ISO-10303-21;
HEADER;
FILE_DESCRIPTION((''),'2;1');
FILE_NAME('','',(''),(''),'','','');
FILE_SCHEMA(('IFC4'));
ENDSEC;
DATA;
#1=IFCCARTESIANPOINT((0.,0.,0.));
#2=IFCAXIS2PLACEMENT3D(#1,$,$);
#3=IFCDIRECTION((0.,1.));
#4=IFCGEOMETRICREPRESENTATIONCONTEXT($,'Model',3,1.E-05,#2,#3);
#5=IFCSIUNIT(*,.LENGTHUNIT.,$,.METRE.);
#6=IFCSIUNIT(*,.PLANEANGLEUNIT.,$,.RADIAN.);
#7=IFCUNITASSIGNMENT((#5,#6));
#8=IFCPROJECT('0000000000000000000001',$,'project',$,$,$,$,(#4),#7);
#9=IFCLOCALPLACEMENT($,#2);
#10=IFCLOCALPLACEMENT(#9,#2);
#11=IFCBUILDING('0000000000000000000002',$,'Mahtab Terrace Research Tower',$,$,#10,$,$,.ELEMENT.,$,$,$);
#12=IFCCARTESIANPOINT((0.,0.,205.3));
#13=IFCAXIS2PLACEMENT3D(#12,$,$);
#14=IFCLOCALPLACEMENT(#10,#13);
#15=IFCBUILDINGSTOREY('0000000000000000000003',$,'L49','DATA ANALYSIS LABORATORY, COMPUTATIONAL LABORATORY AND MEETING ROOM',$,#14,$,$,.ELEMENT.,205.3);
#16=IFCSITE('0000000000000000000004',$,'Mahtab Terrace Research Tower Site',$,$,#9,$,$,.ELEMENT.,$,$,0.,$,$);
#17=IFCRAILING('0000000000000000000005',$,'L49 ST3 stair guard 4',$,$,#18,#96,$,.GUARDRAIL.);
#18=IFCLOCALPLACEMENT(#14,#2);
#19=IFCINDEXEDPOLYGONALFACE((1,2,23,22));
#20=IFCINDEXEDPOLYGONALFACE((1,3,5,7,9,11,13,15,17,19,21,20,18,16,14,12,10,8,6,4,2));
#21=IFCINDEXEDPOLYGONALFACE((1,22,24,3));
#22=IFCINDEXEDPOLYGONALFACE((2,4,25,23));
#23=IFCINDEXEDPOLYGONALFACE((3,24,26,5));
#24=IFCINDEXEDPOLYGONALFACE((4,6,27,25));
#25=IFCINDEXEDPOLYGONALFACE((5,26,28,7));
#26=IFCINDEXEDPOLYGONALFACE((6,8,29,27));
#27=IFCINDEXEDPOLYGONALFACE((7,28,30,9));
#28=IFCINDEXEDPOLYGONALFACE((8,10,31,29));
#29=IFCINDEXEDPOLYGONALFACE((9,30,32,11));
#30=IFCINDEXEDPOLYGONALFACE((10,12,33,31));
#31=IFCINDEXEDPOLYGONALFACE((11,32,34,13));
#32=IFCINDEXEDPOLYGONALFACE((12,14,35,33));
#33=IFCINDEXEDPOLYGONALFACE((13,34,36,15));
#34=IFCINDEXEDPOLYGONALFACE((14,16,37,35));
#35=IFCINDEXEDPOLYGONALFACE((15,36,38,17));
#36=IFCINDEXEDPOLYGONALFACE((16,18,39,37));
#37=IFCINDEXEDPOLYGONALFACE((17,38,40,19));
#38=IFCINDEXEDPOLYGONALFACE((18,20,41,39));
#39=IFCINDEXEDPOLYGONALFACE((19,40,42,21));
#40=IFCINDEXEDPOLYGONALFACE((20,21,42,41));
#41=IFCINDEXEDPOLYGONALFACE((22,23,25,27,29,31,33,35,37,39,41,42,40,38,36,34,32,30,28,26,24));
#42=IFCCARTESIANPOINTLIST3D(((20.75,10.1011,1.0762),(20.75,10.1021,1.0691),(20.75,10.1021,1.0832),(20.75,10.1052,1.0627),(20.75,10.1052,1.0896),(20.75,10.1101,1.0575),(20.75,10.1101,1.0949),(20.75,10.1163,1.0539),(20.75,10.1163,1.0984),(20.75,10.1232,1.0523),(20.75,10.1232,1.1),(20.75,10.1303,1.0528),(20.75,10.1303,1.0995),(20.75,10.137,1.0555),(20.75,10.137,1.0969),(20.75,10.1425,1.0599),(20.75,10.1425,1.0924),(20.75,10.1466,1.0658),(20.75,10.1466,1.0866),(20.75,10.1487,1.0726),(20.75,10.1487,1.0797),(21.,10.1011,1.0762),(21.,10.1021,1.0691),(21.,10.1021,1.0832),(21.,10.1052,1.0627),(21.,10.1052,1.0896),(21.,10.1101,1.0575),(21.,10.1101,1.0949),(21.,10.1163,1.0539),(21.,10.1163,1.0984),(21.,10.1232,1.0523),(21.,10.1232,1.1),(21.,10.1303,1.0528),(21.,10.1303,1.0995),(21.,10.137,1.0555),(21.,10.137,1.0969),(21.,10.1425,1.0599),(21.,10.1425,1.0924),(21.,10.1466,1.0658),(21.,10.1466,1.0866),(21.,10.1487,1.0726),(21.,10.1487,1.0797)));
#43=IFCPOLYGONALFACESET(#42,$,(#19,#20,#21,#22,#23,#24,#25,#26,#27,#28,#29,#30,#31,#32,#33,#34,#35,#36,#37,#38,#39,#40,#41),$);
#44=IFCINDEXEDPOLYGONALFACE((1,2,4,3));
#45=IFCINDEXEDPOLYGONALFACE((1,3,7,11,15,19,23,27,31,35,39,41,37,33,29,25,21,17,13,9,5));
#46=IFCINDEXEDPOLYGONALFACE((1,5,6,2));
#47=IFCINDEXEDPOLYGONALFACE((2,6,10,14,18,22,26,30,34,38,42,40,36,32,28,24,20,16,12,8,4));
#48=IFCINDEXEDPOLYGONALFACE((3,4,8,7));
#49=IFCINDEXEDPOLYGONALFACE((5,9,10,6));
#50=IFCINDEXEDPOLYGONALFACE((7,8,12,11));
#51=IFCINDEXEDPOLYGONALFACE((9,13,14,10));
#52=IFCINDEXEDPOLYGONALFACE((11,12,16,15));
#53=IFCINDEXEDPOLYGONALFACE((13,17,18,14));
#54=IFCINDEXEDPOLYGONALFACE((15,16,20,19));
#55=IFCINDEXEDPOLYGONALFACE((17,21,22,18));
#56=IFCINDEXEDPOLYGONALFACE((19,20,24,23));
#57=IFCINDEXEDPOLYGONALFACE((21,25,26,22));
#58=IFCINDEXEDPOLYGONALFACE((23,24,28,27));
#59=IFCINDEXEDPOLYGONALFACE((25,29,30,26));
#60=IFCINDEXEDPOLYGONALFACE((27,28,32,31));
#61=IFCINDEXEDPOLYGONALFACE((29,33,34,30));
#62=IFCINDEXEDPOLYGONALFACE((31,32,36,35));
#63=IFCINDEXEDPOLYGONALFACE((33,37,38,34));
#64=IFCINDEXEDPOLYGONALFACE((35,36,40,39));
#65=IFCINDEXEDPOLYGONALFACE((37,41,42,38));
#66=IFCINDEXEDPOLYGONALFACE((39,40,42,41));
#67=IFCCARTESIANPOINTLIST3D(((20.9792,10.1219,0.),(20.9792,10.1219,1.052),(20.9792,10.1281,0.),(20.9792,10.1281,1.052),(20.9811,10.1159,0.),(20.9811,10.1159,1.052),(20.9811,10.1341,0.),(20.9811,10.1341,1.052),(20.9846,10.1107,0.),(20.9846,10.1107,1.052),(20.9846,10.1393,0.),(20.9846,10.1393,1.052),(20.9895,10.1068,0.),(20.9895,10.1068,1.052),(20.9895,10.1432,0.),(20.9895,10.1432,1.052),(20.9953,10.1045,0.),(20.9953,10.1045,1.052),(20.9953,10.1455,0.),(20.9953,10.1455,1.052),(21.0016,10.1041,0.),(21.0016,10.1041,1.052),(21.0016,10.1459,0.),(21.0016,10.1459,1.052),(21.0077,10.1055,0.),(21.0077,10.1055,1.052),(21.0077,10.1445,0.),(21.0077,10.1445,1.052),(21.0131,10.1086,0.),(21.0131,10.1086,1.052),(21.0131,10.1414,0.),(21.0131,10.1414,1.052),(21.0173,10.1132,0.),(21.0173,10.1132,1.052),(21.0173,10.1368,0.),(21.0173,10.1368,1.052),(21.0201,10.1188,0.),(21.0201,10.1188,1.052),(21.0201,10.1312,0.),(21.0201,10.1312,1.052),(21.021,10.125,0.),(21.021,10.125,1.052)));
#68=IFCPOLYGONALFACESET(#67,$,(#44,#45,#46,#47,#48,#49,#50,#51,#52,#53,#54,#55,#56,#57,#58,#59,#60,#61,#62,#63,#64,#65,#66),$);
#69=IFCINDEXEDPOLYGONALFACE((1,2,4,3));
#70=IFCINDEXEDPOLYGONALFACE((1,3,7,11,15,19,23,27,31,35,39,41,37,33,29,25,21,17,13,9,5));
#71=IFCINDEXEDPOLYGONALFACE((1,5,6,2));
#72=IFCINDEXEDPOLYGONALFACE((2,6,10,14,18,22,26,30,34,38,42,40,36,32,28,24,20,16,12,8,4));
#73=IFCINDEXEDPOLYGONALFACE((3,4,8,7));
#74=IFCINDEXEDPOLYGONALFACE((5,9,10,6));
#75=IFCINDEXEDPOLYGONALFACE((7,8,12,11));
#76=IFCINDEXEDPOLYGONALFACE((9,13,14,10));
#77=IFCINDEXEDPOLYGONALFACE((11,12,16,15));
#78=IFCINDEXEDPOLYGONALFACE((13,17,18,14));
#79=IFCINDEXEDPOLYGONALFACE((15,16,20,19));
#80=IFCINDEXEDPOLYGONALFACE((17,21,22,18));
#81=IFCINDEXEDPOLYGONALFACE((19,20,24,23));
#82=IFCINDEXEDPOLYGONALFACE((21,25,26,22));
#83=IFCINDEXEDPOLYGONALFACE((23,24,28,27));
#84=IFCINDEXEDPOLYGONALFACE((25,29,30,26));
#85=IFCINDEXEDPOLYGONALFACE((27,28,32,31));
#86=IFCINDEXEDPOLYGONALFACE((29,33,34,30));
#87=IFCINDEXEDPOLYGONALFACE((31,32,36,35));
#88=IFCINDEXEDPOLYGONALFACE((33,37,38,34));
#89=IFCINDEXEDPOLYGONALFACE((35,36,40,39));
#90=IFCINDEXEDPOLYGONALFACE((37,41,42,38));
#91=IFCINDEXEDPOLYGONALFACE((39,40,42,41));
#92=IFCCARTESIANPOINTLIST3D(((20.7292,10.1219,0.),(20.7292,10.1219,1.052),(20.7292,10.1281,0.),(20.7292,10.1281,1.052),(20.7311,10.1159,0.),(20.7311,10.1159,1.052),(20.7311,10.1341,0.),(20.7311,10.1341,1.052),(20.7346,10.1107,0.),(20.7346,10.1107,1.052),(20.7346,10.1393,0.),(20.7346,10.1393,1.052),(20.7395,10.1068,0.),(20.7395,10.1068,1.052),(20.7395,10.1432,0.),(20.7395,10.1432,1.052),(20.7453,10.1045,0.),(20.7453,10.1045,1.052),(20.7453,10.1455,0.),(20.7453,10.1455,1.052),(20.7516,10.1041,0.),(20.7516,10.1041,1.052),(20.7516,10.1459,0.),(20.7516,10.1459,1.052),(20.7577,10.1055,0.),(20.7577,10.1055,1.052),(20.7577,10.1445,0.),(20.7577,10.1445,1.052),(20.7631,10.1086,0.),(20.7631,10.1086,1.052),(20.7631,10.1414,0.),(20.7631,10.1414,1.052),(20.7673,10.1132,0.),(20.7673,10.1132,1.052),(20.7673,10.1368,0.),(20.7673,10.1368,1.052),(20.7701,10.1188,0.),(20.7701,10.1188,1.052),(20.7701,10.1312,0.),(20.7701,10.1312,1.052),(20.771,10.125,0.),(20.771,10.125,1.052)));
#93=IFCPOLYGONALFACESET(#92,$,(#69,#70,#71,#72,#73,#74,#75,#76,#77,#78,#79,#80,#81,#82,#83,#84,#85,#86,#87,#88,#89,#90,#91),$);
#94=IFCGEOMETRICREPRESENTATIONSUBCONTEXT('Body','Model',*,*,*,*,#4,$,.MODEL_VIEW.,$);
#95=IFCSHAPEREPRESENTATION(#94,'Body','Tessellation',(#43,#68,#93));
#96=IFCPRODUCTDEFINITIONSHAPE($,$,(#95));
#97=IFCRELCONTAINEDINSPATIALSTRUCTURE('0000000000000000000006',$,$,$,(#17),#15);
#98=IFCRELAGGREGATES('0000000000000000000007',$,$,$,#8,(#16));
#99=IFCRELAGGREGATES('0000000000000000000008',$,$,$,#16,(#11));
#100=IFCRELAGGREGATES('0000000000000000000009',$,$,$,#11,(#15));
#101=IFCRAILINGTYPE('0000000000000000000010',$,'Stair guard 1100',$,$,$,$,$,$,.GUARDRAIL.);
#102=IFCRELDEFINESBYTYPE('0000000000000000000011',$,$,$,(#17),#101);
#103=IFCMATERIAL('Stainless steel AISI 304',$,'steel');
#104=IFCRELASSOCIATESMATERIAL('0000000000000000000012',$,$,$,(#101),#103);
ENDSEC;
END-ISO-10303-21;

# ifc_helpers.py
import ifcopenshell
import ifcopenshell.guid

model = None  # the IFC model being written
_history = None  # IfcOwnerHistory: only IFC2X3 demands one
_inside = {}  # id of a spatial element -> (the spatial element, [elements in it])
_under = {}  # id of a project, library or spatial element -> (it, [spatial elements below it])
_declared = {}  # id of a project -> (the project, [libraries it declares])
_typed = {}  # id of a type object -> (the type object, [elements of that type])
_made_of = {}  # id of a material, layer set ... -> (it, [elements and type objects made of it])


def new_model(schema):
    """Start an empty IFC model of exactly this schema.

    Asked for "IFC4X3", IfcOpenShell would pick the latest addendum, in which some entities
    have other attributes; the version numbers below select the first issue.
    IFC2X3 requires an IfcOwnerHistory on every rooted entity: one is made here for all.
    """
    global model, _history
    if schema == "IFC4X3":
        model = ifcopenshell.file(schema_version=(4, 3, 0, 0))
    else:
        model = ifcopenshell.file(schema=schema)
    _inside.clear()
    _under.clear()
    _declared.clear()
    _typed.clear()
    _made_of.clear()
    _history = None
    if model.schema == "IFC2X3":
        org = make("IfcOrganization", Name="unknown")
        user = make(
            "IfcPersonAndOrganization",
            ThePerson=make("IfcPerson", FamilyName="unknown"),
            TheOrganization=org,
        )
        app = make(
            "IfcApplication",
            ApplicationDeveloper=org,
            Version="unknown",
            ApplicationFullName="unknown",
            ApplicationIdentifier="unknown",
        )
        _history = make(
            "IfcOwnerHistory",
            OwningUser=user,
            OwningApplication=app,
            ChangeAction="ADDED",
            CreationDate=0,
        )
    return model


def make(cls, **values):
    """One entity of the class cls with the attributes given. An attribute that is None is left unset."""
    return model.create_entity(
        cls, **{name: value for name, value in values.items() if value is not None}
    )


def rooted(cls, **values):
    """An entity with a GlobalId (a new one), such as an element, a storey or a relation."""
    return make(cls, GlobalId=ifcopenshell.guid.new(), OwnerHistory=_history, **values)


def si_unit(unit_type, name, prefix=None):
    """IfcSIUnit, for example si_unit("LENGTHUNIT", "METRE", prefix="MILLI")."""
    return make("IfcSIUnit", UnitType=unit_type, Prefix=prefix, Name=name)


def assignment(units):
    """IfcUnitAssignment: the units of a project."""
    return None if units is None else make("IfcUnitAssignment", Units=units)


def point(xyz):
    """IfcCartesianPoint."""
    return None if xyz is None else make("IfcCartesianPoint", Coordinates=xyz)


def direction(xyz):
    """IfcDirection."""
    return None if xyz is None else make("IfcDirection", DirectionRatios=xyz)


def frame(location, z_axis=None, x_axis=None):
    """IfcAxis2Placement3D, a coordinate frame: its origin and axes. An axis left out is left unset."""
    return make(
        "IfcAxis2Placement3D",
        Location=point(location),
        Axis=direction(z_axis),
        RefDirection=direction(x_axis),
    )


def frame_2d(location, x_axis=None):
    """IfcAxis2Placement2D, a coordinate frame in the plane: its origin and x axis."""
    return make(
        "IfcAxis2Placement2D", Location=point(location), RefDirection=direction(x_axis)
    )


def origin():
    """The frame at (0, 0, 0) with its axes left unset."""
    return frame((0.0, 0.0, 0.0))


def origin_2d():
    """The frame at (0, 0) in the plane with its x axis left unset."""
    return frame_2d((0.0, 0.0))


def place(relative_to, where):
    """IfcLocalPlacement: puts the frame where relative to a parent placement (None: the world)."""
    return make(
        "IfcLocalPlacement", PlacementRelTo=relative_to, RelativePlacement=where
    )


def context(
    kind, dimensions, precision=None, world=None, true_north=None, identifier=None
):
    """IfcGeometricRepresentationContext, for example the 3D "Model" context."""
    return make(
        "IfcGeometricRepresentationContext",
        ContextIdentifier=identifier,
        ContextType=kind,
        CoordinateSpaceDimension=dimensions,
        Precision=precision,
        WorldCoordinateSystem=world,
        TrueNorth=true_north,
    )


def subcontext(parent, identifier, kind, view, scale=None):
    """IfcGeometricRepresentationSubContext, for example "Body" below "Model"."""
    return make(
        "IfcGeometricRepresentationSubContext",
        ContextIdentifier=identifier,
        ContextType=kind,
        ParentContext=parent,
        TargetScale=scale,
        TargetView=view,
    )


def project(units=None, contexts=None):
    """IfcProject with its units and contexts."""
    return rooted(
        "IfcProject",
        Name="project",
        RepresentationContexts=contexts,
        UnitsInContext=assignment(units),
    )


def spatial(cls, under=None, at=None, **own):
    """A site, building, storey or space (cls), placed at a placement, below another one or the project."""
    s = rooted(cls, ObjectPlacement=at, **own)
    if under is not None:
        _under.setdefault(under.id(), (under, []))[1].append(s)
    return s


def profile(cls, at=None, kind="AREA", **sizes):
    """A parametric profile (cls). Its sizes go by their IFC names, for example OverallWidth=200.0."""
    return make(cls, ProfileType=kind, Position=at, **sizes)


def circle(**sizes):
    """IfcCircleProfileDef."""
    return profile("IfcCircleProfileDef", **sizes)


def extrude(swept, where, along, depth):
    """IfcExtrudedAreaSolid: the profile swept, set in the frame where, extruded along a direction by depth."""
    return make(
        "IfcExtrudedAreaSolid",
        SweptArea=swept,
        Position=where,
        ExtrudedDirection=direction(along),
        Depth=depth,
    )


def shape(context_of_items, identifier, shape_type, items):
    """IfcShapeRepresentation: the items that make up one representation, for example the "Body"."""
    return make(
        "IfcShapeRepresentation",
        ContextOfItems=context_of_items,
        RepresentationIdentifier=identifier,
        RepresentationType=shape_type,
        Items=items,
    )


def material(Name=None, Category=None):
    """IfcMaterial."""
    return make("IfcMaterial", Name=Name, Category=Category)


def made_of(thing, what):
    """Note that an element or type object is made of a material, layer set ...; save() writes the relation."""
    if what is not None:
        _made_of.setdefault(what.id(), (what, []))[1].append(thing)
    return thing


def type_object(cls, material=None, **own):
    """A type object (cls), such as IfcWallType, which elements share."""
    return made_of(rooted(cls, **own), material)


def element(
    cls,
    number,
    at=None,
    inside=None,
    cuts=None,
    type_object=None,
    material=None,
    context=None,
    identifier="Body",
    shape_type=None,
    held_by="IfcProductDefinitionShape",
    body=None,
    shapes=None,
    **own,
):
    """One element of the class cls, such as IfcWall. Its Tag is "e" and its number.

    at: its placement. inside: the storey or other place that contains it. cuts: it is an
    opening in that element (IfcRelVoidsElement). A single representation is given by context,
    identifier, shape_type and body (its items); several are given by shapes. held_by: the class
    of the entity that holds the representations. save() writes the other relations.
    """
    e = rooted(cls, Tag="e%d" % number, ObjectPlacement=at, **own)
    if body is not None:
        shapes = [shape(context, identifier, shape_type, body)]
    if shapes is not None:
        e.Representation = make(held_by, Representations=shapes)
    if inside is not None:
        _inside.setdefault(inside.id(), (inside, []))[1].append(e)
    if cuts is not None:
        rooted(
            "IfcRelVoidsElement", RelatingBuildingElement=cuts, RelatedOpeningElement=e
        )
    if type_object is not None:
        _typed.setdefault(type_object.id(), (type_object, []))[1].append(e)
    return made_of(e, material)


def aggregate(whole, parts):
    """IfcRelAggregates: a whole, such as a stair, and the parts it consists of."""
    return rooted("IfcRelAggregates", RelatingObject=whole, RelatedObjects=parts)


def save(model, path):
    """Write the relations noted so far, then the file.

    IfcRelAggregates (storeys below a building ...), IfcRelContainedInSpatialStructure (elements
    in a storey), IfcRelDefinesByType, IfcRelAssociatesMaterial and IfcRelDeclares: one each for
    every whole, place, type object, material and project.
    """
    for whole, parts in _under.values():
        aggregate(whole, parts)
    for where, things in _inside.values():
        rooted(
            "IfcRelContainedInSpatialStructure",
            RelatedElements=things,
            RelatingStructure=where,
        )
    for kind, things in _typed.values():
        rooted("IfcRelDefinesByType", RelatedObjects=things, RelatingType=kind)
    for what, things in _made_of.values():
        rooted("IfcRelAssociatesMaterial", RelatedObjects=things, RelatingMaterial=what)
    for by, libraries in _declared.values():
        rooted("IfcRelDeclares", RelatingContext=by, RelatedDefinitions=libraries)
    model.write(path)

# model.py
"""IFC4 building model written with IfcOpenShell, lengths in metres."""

from ifc_helpers import new_model, si_unit, direction, frame, origin, origin_2d, place, context, subcontext, project, spatial, circle, extrude, material, type_object, element, save


model = new_model("IFC4")

# Units and contexts
model_context = context("Model", 3, precision=1e-05, world=origin(), true_north=direction((0.0, 1.0)))
body_context = subcontext(model_context, "Body", "Model", "MODEL_VIEW")
ifc_project = project(units=[si_unit("LENGTHUNIT", "METRE"), si_unit("PLANEANGLEUNIT", "RADIAN")], contexts=[model_context])

# Site, building, storey
site_placement = place(None, origin())
site = spatial("IfcSite", under=ifc_project, at=site_placement, Name="Mahtab Terrace Research Tower Site", CompositionType="ELEMENT", RefElevation=0.0)
building_placement = place(site_placement, origin())
building = spatial("IfcBuilding", under=site, at=building_placement, Name="Mahtab Terrace Research Tower", CompositionType="ELEMENT")
storey_placement = place(building_placement, frame((0.0, 0.0, 205.3)))
storey = spatial("IfcBuildingStorey", under=building, at=storey_placement, Name="L49", Description="DATA ANALYSIS LABORATORY, COMPUTATIONAL LABORATORY AND MEETING ROOM", CompositionType="ELEMENT", Elevation=205.3)

# Shared definitions
ifc_material_1 = material(Name="Stainless steel AISI 304", Category="steel")

# Railing
railing_type_1 = type_object("IfcRailingType", Name="Stair guard 1100", PredefinedType="GUARDRAIL", material=ifc_material_1)
railing_1_placement = place(storey_placement, frame((21.0, 10.125, 0.0)))
element("IfcRailing", 1, at=railing_1_placement, inside=storey, type_object=railing_type_1, Name="L49 ST3 stair guard 4", PredefinedType="GUARDRAIL", context=body_context, shape_type="SweptSolid", body=[
    extrude(circle(Radius=0.0239, at=origin_2d()), frame((0.0, 0.0, 1.0762), z_axis=(-1.0, 0.0, 0.0), x_axis=(0.0, -1.0, 0.0)), (0.0, 0.0, 1.0), 0.25),
    extrude(circle(Radius=0.021, at=origin_2d()), origin(), (0.0, 0.0, 1.0), 1.052),
    extrude(circle(Radius=0.021, at=origin_2d()), frame((-0.25, 0.0, 0.0)), (0.0, 0.0, 1.0), 1.052),
])

save(model, "model.ifc")
